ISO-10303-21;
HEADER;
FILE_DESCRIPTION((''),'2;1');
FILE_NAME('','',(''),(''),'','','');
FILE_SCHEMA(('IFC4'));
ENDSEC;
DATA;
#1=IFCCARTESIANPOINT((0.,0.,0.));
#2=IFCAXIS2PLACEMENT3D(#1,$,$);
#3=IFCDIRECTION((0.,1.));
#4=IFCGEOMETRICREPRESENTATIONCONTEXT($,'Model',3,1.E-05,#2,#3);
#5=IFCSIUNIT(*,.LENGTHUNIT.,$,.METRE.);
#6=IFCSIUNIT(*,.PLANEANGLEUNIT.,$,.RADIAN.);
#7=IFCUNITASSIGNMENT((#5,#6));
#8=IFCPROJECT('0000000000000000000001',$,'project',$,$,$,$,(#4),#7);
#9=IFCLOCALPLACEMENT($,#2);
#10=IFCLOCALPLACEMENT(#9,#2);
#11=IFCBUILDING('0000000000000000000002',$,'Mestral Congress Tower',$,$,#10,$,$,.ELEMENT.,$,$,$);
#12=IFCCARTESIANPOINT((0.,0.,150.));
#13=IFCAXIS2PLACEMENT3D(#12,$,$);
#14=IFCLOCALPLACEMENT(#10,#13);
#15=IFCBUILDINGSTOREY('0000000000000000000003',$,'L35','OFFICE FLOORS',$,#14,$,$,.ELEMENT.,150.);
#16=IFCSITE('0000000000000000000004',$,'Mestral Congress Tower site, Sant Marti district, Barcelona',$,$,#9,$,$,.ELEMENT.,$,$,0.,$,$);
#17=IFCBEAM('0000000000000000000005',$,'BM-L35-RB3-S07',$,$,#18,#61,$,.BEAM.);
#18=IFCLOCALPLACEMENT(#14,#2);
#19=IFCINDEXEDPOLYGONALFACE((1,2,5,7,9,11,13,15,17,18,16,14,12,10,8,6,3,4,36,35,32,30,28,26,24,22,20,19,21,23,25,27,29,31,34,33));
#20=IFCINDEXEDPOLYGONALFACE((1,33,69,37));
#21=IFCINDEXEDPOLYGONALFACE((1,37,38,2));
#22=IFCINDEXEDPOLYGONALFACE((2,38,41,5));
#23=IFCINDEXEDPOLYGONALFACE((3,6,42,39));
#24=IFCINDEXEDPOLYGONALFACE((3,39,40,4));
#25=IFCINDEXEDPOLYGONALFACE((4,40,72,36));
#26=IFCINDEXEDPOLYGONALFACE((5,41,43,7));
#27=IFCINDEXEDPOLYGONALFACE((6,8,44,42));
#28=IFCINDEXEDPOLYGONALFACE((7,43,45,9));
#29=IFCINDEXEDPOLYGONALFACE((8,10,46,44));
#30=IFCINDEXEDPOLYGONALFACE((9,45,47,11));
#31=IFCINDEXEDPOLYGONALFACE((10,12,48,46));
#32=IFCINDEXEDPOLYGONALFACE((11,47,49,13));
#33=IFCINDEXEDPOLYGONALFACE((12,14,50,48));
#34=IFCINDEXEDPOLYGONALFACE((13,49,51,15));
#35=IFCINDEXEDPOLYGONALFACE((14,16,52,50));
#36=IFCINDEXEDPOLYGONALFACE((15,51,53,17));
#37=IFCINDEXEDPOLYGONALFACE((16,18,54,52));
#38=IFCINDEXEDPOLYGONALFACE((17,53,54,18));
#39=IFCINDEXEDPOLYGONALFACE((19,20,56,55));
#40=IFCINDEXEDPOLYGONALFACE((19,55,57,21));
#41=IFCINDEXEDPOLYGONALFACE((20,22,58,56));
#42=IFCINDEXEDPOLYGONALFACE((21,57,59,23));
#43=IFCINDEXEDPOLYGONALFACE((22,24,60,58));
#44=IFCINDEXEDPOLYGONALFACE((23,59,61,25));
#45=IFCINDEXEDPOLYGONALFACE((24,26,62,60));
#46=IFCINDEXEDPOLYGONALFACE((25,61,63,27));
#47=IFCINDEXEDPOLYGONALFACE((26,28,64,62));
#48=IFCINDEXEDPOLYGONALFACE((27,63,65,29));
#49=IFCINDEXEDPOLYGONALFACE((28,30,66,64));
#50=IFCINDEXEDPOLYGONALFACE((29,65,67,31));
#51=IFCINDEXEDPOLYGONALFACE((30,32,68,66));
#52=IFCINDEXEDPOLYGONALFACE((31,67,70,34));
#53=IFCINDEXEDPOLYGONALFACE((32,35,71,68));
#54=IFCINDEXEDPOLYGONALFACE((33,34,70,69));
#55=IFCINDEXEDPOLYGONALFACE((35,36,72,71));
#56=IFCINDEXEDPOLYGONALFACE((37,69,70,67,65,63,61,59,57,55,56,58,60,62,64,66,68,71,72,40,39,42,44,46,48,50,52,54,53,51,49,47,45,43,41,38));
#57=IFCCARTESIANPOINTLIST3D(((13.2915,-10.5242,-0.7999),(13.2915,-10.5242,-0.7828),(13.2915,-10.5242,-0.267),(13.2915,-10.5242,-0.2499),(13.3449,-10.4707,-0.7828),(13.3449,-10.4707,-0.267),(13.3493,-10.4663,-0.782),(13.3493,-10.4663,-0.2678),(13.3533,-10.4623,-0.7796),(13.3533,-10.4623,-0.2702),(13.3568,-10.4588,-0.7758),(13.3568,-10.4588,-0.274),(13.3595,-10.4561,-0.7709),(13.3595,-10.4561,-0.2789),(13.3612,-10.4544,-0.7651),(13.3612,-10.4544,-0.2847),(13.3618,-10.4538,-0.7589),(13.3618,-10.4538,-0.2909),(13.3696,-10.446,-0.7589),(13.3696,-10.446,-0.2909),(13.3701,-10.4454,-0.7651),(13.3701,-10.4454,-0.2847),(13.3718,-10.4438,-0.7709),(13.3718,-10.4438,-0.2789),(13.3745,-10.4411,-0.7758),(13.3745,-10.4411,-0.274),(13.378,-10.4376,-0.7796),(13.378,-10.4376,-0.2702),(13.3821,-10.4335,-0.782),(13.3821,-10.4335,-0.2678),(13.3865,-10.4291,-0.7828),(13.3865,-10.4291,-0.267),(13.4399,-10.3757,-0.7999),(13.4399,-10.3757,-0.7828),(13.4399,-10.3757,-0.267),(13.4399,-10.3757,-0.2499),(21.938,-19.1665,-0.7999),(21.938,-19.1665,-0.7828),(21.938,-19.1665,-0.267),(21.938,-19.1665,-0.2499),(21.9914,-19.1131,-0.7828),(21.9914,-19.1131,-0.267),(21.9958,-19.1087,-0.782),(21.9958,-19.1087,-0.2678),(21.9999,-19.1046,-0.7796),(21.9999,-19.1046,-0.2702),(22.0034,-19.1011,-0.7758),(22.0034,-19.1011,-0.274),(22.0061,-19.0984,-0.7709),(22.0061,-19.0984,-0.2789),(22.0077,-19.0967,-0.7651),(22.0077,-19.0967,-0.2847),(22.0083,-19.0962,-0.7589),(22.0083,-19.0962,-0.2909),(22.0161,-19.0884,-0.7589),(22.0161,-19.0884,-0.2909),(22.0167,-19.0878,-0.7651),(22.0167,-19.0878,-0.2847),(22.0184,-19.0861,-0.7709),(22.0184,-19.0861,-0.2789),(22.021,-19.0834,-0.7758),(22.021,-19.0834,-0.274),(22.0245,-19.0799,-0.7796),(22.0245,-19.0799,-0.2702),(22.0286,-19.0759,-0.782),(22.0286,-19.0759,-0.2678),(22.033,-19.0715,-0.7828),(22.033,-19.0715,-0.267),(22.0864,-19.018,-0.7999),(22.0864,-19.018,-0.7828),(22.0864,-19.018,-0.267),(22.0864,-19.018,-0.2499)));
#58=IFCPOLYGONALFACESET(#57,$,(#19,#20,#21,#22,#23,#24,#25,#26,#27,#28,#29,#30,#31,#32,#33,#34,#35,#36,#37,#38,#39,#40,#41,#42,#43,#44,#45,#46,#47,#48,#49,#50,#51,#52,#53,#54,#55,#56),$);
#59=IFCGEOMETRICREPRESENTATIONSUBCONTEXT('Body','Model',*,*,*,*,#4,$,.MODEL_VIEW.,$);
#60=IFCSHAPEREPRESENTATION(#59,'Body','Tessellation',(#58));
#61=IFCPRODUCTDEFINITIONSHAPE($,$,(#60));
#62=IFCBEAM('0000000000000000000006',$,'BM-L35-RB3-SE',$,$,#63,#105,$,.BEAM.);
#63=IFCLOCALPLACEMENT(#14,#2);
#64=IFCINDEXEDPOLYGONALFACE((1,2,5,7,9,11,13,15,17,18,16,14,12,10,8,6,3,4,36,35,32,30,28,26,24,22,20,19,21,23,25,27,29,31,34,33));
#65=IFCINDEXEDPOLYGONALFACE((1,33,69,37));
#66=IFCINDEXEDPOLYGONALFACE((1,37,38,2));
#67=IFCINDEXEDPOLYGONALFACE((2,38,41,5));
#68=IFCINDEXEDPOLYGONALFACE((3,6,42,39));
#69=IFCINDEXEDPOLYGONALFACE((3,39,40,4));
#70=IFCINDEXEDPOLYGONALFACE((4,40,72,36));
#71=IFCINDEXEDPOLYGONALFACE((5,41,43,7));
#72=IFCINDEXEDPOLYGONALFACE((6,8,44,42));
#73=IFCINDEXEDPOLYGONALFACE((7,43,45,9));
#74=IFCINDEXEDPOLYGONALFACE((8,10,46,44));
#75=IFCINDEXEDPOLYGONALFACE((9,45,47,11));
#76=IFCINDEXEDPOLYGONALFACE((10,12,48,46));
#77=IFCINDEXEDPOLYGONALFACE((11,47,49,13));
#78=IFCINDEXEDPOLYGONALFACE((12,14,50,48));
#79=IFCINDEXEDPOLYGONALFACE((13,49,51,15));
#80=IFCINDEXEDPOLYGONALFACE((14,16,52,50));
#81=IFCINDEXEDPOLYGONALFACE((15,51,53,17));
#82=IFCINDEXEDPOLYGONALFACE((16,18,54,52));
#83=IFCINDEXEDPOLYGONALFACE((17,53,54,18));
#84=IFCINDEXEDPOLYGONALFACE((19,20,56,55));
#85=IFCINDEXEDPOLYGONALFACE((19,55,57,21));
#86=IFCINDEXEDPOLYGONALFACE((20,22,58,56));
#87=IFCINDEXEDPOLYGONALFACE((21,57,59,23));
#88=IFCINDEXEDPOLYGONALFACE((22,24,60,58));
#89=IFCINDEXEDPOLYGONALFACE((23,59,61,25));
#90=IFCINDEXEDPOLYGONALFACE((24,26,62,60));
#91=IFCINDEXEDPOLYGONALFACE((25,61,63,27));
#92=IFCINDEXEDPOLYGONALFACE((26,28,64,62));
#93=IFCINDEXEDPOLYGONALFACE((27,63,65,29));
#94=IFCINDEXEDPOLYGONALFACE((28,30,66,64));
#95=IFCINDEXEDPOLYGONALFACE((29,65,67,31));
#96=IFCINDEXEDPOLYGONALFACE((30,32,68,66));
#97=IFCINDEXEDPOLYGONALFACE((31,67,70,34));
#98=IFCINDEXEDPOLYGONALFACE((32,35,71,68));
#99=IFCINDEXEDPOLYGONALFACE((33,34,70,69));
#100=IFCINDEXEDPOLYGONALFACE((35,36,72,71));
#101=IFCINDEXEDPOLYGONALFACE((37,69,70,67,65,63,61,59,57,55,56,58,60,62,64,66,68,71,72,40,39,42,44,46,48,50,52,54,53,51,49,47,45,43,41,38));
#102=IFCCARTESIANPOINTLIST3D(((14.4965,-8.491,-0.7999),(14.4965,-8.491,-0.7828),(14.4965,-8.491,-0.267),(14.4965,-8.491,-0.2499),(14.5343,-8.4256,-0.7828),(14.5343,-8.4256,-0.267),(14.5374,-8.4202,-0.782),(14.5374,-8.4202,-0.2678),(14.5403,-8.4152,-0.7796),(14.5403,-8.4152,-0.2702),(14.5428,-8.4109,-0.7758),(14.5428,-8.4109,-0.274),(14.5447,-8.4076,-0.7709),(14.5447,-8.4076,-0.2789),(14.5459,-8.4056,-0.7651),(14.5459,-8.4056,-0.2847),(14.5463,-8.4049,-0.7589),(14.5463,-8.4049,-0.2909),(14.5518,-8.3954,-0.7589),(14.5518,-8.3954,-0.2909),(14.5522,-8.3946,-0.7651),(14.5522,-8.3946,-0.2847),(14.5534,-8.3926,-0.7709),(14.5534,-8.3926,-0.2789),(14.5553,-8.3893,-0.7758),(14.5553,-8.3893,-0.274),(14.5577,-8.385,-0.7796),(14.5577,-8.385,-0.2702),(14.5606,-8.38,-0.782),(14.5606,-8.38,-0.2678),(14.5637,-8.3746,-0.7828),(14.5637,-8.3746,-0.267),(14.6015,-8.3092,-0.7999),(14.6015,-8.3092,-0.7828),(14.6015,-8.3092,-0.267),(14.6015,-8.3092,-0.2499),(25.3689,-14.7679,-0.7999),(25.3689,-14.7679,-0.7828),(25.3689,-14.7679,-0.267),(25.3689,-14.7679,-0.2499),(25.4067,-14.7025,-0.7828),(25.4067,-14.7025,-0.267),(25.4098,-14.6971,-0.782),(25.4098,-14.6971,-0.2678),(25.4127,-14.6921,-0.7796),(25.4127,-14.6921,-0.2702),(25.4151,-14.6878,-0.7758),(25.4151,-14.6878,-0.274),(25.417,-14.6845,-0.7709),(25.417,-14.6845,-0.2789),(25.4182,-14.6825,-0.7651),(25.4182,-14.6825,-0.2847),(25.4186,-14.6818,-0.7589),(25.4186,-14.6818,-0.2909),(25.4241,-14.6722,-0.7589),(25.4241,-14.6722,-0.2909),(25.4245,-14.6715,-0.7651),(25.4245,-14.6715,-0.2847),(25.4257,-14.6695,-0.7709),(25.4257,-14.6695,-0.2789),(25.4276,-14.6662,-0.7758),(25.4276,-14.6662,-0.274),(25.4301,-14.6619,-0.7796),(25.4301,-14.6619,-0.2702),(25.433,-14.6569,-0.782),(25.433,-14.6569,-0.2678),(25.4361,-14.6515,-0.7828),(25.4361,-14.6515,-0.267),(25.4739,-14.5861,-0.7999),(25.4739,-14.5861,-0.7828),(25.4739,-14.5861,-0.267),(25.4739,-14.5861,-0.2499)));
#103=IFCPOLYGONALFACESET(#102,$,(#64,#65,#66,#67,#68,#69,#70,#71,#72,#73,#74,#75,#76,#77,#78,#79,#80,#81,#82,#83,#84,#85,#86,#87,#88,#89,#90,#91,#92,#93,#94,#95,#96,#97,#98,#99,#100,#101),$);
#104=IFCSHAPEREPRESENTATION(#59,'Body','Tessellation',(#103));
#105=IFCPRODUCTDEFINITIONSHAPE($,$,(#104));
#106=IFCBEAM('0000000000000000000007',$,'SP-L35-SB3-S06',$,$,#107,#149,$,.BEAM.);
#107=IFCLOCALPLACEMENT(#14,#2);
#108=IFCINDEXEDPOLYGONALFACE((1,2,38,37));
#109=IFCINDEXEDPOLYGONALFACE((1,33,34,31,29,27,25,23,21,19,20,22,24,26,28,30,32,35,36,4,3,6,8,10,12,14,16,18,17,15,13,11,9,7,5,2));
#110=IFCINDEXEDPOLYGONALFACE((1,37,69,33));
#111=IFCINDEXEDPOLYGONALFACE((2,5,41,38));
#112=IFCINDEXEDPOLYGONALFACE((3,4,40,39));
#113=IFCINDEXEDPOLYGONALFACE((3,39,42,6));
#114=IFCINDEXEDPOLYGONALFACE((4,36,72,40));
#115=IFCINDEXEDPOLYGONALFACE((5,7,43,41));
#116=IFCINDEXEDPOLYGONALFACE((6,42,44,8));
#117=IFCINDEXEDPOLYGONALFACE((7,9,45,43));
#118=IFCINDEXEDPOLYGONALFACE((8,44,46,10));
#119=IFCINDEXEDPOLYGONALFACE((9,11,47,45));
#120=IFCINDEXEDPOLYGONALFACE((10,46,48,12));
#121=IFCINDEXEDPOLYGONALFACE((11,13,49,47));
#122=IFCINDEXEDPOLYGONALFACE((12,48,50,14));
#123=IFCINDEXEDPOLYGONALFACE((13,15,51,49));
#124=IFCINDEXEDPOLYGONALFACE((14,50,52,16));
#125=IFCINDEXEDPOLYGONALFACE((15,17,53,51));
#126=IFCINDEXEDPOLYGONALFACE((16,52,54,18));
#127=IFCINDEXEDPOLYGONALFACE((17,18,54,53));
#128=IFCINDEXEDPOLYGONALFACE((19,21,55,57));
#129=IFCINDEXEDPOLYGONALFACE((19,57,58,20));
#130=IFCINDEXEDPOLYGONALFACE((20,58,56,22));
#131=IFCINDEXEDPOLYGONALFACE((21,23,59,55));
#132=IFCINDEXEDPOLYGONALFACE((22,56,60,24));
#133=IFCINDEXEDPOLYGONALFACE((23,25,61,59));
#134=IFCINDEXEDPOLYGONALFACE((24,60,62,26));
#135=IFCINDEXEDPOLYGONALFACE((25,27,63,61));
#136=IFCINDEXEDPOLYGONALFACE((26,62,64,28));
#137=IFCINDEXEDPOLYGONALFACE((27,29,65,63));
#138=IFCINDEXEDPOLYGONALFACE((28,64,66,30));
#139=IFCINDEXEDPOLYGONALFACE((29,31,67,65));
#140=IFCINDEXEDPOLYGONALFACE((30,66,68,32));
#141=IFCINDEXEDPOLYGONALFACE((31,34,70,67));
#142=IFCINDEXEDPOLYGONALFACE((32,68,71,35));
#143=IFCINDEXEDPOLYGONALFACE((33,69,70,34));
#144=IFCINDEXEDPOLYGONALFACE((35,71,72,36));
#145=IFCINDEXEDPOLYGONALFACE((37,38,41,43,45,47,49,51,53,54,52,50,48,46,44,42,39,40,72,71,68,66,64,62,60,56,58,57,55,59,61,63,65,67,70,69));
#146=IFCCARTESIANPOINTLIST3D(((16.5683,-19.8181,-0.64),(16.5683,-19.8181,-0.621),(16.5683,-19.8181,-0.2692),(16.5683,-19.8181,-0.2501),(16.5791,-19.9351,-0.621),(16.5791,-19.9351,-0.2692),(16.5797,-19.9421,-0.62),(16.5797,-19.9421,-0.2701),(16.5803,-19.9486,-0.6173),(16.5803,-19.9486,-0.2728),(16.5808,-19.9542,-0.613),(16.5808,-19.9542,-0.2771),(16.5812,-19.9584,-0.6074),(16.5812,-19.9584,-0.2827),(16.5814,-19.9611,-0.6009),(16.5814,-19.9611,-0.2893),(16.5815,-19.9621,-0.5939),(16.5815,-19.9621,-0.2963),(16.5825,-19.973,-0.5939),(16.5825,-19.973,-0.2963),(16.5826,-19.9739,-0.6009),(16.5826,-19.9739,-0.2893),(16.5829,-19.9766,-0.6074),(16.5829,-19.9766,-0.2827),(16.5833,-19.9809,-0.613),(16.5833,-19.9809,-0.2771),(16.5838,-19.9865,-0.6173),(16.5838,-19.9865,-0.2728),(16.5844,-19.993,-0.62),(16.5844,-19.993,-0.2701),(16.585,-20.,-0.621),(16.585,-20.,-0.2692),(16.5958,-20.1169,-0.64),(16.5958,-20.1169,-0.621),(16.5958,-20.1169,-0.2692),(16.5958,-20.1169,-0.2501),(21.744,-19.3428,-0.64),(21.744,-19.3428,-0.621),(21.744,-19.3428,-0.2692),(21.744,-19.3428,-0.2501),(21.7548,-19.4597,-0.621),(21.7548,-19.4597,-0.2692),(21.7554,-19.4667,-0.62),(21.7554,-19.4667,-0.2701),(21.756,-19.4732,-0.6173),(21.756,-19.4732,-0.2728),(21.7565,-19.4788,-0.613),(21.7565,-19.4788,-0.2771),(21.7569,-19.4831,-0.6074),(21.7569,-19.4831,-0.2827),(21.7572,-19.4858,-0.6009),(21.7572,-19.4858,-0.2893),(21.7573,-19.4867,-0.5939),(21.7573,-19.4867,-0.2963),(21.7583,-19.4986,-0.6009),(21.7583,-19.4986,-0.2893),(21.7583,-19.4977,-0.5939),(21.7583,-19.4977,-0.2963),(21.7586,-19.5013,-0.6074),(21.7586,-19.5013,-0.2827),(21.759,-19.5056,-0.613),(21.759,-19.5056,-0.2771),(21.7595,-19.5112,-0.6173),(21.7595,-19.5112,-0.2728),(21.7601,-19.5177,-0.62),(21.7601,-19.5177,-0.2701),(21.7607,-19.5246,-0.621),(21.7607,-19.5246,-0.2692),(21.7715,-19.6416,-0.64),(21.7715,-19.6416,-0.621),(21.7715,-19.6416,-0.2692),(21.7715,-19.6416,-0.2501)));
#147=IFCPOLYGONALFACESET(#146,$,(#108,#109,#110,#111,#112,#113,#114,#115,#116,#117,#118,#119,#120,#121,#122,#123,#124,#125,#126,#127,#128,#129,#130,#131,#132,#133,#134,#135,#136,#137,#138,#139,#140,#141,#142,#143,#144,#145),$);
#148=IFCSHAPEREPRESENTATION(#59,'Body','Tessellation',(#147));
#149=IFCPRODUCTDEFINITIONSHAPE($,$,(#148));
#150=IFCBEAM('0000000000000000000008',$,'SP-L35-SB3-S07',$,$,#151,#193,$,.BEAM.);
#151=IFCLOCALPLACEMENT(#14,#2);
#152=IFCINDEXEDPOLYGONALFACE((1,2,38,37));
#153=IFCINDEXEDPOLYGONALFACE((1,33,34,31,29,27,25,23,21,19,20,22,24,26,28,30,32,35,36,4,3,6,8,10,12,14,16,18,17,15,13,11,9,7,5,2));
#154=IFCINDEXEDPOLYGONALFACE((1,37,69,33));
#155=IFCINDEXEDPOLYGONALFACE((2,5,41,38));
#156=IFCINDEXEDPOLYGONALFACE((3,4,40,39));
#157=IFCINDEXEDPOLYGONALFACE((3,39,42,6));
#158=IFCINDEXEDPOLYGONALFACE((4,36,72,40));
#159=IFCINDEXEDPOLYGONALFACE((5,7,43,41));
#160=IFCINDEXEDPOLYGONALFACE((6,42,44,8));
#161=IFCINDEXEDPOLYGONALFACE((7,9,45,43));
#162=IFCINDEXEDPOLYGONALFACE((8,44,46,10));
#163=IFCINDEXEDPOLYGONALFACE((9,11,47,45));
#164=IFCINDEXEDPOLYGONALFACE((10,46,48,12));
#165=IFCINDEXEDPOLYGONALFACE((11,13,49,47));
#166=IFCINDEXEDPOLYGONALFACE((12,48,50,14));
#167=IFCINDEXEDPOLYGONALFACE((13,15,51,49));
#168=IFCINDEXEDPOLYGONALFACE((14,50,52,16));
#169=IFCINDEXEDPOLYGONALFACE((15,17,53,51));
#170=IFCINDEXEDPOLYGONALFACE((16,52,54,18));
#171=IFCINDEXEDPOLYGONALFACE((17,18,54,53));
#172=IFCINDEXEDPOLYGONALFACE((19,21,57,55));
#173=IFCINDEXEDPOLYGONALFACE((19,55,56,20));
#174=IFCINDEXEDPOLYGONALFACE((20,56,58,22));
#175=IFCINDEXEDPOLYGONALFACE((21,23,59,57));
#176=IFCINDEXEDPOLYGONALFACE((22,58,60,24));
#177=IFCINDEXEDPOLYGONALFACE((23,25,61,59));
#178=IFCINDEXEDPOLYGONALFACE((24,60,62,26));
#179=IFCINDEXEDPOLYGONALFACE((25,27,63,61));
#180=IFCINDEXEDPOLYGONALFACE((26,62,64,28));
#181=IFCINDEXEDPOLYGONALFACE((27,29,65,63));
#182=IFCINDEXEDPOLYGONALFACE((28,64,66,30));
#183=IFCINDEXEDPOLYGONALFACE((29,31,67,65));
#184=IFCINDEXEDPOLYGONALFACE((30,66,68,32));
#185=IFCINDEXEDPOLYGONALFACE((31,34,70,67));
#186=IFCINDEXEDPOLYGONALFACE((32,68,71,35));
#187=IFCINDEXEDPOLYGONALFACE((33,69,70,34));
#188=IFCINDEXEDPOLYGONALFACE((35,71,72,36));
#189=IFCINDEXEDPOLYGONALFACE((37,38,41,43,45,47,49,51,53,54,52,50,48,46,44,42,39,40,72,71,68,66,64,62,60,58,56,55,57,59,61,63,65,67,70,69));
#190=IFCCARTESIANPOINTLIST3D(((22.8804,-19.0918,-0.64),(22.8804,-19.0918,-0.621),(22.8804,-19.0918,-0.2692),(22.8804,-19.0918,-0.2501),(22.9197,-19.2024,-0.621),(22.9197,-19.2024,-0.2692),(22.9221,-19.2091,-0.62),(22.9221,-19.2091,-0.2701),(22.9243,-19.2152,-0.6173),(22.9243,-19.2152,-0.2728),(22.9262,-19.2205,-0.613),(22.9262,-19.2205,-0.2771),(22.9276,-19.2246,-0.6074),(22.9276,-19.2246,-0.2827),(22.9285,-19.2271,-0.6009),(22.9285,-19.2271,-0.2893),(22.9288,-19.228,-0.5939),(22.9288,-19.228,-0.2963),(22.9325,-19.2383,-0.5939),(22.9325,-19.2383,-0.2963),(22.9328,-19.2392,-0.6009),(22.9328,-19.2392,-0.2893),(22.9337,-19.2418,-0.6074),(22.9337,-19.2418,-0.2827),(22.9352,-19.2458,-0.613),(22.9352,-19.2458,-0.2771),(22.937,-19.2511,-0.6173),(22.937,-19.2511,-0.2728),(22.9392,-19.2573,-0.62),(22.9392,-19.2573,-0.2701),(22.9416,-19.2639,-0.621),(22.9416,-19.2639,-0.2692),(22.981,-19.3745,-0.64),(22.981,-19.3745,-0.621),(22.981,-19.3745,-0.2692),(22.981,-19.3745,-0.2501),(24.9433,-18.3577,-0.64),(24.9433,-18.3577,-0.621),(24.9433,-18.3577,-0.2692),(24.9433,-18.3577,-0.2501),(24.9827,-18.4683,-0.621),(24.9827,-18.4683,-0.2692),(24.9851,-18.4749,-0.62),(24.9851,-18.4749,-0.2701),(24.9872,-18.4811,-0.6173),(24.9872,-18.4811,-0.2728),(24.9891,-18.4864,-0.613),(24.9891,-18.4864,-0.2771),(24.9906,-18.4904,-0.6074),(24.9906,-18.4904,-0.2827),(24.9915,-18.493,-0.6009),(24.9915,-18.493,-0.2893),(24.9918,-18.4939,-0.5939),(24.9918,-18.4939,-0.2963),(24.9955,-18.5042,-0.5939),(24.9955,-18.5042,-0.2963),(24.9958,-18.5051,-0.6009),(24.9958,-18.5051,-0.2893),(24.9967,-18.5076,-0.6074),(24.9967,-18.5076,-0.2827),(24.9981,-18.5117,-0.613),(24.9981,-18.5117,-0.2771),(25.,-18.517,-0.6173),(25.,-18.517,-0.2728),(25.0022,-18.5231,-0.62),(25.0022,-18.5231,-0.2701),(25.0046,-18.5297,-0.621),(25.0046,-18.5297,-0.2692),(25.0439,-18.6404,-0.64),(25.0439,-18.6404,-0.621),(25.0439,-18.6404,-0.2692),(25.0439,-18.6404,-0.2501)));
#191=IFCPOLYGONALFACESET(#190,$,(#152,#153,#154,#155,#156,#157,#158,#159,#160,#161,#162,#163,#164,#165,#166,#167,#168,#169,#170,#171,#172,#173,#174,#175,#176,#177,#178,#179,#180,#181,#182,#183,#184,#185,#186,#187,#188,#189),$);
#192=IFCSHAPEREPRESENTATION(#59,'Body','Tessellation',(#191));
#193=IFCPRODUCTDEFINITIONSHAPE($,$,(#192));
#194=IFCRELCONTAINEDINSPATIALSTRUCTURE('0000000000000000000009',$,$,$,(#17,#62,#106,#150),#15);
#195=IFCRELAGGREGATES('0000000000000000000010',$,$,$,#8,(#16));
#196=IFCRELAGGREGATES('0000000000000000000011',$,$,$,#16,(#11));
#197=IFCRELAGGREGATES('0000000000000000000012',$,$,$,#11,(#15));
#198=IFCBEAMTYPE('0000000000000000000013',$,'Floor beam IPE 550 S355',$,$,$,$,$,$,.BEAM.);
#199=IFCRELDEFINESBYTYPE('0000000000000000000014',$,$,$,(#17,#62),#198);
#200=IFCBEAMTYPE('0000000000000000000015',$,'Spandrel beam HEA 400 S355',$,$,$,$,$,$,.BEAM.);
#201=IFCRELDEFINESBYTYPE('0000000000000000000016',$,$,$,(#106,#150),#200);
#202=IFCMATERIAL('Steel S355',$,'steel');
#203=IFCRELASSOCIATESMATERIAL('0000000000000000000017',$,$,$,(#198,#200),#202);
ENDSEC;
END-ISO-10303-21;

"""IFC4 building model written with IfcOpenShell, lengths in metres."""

from ifc_helpers import new_model, si_unit, direction, frame, origin, origin_2d, place, context, subcontext, project, spatial, i_section, extrude, material, material_profile, profile_set, type_object, element, save


model = new_model("IFC4")

# Units and contexts
model_context = context("Model", 3, precision=1e-05, world=origin(), true_north=direction((0.0, 1.0)))
body_context = subcontext(model_context, "Body", "Model", "MODEL_VIEW")
ifc_project = project(units=[si_unit("LENGTHUNIT", "METRE"), si_unit("PLANEANGLEUNIT", "RADIAN")], contexts=[model_context])

# Site, building, storey
site_placement = place(None, origin())
site = spatial("IfcSite", under=ifc_project, at=site_placement, Name="Mestral Congress Tower site, Sant Marti district, Barcelona", CompositionType="ELEMENT", RefElevation=0.0)
building_placement = place(site_placement, origin())
building = spatial("IfcBuilding", under=site, at=building_placement, Name="Mestral Congress Tower", CompositionType="ELEMENT")
storey_placement = place(building_placement, frame((0.0, 0.0, 150.0)))
storey = spatial("IfcBuildingStorey", under=building, at=storey_placement, Name="L35", Description="OFFICE FLOORS", CompositionType="ELEMENT", Elevation=150.0)

# Beams
ifc_material_1 = material(Name="Steel S355", Category="steel")
ifc_material_profile_1 = material_profile(ifc_material_1, i_section(OverallWidth=0.21, OverallDepth=0.55, WebThickness=0.011, FlangeThickness=0.0171, FilletRadius=0.0239, at=origin_2d()), Name="IPE 550")
ifc_profile_set_1 = profile_set([ifc_material_profile_1], Name="Steel S355")
beam_type_1 = type_object("IfcBeamType", Name="Floor beam IPE 550 S355", PredefinedType="BEAM", material=ifc_profile_set_1)
beam_1_placement = place(storey_placement, frame((22.0122, -19.0923, -0.5249), z_axis=(-0.707277, 0.706937, 0.0), x_axis=(-0.706937, -0.707277, 0.0)))
element("IfcBeam", 1, at=beam_1_placement, inside=storey, type_object=beam_type_1, Name="BM-L35-RB3-S07", PredefinedType="BEAM", context=body_context, shape_type="SweptSolid", body=[
    extrude(i_section(OverallWidth=0.21, OverallDepth=0.55, WebThickness=0.011, FlangeThickness=0.0171, FilletRadius=0.0239, at=origin_2d()), origin(), (0.0, 0.0, 1.0), 12.2251),
])
beam_2_placement = place(storey_placement, frame((25.4214, -14.677, -0.5249), z_axis=(-0.866035, 0.499983, 0.0), x_axis=(-0.499983, -0.866035, 0.0)))
element("IfcBeam", 2, at=beam_2_placement, inside=storey, type_object=beam_type_1, Name="BM-L35-RB3-SE", PredefinedType="BEAM", context=body_context, shape_type="SweptSolid", body=[
    extrude(i_section(OverallWidth=0.21, OverallDepth=0.55, WebThickness=0.011, FlangeThickness=0.0171, FilletRadius=0.0239, at=origin_2d()), origin(), (0.0, 0.0, 1.0), 12.5542),
])
ifc_material_profile_2 = material_profile(ifc_material_1, i_section(OverallWidth=0.3, OverallDepth=0.3899, WebThickness=0.011, FlangeThickness=0.019, FilletRadius=0.0271, at=origin_2d()), Name="HEA 400")
ifc_profile_set_2 = profile_set([ifc_material_profile_2], Name="Steel S355")
beam_type_2 = type_object("IfcBeamType", Name="Spandrel beam HEA 400 S355", PredefinedType="BEAM", material=ifc_profile_set_2)
beam_3_placement = place(storey_placement, frame((16.582, -19.9675, -0.4451), z_axis=(0.995809, 0.091455, 0.0), x_axis=(-0.091455, 0.995809, 0.0)))
element("IfcBeam", 3, at=beam_3_placement, inside=storey, type_object=beam_type_2, Name="SP-L35-SB3-S06", PredefinedType="BEAM", context=body_context, shape_type="SweptSolid", body=[
    extrude(i_section(OverallWidth=0.3, OverallDepth=0.3899, WebThickness=0.011, FlangeThickness=0.019, FilletRadius=0.0271, at=origin_2d()), origin(), (0.0, 0.0, 1.0), 5.1975),
])
beam_4_placement = place(storey_placement, frame((22.9307, -19.2332, -0.4451), z_axis=(0.942125, 0.335263, 0.0), x_axis=(-0.335263, 0.942125, 0.0)))
element("IfcBeam", 4, at=beam_4_placement, inside=storey, type_object=beam_type_2, Name="SP-L35-SB3-S07", PredefinedType="BEAM", context=body_context, shape_type="SweptSolid", body=[
    extrude(i_section(OverallWidth=0.3, OverallDepth=0.3899, WebThickness=0.011, FlangeThickness=0.019, FilletRadius=0.0271, at=origin_2d()), origin(), (0.0, 0.0, 1.0), 2.1897),
])

save(model, "model.ifc")
